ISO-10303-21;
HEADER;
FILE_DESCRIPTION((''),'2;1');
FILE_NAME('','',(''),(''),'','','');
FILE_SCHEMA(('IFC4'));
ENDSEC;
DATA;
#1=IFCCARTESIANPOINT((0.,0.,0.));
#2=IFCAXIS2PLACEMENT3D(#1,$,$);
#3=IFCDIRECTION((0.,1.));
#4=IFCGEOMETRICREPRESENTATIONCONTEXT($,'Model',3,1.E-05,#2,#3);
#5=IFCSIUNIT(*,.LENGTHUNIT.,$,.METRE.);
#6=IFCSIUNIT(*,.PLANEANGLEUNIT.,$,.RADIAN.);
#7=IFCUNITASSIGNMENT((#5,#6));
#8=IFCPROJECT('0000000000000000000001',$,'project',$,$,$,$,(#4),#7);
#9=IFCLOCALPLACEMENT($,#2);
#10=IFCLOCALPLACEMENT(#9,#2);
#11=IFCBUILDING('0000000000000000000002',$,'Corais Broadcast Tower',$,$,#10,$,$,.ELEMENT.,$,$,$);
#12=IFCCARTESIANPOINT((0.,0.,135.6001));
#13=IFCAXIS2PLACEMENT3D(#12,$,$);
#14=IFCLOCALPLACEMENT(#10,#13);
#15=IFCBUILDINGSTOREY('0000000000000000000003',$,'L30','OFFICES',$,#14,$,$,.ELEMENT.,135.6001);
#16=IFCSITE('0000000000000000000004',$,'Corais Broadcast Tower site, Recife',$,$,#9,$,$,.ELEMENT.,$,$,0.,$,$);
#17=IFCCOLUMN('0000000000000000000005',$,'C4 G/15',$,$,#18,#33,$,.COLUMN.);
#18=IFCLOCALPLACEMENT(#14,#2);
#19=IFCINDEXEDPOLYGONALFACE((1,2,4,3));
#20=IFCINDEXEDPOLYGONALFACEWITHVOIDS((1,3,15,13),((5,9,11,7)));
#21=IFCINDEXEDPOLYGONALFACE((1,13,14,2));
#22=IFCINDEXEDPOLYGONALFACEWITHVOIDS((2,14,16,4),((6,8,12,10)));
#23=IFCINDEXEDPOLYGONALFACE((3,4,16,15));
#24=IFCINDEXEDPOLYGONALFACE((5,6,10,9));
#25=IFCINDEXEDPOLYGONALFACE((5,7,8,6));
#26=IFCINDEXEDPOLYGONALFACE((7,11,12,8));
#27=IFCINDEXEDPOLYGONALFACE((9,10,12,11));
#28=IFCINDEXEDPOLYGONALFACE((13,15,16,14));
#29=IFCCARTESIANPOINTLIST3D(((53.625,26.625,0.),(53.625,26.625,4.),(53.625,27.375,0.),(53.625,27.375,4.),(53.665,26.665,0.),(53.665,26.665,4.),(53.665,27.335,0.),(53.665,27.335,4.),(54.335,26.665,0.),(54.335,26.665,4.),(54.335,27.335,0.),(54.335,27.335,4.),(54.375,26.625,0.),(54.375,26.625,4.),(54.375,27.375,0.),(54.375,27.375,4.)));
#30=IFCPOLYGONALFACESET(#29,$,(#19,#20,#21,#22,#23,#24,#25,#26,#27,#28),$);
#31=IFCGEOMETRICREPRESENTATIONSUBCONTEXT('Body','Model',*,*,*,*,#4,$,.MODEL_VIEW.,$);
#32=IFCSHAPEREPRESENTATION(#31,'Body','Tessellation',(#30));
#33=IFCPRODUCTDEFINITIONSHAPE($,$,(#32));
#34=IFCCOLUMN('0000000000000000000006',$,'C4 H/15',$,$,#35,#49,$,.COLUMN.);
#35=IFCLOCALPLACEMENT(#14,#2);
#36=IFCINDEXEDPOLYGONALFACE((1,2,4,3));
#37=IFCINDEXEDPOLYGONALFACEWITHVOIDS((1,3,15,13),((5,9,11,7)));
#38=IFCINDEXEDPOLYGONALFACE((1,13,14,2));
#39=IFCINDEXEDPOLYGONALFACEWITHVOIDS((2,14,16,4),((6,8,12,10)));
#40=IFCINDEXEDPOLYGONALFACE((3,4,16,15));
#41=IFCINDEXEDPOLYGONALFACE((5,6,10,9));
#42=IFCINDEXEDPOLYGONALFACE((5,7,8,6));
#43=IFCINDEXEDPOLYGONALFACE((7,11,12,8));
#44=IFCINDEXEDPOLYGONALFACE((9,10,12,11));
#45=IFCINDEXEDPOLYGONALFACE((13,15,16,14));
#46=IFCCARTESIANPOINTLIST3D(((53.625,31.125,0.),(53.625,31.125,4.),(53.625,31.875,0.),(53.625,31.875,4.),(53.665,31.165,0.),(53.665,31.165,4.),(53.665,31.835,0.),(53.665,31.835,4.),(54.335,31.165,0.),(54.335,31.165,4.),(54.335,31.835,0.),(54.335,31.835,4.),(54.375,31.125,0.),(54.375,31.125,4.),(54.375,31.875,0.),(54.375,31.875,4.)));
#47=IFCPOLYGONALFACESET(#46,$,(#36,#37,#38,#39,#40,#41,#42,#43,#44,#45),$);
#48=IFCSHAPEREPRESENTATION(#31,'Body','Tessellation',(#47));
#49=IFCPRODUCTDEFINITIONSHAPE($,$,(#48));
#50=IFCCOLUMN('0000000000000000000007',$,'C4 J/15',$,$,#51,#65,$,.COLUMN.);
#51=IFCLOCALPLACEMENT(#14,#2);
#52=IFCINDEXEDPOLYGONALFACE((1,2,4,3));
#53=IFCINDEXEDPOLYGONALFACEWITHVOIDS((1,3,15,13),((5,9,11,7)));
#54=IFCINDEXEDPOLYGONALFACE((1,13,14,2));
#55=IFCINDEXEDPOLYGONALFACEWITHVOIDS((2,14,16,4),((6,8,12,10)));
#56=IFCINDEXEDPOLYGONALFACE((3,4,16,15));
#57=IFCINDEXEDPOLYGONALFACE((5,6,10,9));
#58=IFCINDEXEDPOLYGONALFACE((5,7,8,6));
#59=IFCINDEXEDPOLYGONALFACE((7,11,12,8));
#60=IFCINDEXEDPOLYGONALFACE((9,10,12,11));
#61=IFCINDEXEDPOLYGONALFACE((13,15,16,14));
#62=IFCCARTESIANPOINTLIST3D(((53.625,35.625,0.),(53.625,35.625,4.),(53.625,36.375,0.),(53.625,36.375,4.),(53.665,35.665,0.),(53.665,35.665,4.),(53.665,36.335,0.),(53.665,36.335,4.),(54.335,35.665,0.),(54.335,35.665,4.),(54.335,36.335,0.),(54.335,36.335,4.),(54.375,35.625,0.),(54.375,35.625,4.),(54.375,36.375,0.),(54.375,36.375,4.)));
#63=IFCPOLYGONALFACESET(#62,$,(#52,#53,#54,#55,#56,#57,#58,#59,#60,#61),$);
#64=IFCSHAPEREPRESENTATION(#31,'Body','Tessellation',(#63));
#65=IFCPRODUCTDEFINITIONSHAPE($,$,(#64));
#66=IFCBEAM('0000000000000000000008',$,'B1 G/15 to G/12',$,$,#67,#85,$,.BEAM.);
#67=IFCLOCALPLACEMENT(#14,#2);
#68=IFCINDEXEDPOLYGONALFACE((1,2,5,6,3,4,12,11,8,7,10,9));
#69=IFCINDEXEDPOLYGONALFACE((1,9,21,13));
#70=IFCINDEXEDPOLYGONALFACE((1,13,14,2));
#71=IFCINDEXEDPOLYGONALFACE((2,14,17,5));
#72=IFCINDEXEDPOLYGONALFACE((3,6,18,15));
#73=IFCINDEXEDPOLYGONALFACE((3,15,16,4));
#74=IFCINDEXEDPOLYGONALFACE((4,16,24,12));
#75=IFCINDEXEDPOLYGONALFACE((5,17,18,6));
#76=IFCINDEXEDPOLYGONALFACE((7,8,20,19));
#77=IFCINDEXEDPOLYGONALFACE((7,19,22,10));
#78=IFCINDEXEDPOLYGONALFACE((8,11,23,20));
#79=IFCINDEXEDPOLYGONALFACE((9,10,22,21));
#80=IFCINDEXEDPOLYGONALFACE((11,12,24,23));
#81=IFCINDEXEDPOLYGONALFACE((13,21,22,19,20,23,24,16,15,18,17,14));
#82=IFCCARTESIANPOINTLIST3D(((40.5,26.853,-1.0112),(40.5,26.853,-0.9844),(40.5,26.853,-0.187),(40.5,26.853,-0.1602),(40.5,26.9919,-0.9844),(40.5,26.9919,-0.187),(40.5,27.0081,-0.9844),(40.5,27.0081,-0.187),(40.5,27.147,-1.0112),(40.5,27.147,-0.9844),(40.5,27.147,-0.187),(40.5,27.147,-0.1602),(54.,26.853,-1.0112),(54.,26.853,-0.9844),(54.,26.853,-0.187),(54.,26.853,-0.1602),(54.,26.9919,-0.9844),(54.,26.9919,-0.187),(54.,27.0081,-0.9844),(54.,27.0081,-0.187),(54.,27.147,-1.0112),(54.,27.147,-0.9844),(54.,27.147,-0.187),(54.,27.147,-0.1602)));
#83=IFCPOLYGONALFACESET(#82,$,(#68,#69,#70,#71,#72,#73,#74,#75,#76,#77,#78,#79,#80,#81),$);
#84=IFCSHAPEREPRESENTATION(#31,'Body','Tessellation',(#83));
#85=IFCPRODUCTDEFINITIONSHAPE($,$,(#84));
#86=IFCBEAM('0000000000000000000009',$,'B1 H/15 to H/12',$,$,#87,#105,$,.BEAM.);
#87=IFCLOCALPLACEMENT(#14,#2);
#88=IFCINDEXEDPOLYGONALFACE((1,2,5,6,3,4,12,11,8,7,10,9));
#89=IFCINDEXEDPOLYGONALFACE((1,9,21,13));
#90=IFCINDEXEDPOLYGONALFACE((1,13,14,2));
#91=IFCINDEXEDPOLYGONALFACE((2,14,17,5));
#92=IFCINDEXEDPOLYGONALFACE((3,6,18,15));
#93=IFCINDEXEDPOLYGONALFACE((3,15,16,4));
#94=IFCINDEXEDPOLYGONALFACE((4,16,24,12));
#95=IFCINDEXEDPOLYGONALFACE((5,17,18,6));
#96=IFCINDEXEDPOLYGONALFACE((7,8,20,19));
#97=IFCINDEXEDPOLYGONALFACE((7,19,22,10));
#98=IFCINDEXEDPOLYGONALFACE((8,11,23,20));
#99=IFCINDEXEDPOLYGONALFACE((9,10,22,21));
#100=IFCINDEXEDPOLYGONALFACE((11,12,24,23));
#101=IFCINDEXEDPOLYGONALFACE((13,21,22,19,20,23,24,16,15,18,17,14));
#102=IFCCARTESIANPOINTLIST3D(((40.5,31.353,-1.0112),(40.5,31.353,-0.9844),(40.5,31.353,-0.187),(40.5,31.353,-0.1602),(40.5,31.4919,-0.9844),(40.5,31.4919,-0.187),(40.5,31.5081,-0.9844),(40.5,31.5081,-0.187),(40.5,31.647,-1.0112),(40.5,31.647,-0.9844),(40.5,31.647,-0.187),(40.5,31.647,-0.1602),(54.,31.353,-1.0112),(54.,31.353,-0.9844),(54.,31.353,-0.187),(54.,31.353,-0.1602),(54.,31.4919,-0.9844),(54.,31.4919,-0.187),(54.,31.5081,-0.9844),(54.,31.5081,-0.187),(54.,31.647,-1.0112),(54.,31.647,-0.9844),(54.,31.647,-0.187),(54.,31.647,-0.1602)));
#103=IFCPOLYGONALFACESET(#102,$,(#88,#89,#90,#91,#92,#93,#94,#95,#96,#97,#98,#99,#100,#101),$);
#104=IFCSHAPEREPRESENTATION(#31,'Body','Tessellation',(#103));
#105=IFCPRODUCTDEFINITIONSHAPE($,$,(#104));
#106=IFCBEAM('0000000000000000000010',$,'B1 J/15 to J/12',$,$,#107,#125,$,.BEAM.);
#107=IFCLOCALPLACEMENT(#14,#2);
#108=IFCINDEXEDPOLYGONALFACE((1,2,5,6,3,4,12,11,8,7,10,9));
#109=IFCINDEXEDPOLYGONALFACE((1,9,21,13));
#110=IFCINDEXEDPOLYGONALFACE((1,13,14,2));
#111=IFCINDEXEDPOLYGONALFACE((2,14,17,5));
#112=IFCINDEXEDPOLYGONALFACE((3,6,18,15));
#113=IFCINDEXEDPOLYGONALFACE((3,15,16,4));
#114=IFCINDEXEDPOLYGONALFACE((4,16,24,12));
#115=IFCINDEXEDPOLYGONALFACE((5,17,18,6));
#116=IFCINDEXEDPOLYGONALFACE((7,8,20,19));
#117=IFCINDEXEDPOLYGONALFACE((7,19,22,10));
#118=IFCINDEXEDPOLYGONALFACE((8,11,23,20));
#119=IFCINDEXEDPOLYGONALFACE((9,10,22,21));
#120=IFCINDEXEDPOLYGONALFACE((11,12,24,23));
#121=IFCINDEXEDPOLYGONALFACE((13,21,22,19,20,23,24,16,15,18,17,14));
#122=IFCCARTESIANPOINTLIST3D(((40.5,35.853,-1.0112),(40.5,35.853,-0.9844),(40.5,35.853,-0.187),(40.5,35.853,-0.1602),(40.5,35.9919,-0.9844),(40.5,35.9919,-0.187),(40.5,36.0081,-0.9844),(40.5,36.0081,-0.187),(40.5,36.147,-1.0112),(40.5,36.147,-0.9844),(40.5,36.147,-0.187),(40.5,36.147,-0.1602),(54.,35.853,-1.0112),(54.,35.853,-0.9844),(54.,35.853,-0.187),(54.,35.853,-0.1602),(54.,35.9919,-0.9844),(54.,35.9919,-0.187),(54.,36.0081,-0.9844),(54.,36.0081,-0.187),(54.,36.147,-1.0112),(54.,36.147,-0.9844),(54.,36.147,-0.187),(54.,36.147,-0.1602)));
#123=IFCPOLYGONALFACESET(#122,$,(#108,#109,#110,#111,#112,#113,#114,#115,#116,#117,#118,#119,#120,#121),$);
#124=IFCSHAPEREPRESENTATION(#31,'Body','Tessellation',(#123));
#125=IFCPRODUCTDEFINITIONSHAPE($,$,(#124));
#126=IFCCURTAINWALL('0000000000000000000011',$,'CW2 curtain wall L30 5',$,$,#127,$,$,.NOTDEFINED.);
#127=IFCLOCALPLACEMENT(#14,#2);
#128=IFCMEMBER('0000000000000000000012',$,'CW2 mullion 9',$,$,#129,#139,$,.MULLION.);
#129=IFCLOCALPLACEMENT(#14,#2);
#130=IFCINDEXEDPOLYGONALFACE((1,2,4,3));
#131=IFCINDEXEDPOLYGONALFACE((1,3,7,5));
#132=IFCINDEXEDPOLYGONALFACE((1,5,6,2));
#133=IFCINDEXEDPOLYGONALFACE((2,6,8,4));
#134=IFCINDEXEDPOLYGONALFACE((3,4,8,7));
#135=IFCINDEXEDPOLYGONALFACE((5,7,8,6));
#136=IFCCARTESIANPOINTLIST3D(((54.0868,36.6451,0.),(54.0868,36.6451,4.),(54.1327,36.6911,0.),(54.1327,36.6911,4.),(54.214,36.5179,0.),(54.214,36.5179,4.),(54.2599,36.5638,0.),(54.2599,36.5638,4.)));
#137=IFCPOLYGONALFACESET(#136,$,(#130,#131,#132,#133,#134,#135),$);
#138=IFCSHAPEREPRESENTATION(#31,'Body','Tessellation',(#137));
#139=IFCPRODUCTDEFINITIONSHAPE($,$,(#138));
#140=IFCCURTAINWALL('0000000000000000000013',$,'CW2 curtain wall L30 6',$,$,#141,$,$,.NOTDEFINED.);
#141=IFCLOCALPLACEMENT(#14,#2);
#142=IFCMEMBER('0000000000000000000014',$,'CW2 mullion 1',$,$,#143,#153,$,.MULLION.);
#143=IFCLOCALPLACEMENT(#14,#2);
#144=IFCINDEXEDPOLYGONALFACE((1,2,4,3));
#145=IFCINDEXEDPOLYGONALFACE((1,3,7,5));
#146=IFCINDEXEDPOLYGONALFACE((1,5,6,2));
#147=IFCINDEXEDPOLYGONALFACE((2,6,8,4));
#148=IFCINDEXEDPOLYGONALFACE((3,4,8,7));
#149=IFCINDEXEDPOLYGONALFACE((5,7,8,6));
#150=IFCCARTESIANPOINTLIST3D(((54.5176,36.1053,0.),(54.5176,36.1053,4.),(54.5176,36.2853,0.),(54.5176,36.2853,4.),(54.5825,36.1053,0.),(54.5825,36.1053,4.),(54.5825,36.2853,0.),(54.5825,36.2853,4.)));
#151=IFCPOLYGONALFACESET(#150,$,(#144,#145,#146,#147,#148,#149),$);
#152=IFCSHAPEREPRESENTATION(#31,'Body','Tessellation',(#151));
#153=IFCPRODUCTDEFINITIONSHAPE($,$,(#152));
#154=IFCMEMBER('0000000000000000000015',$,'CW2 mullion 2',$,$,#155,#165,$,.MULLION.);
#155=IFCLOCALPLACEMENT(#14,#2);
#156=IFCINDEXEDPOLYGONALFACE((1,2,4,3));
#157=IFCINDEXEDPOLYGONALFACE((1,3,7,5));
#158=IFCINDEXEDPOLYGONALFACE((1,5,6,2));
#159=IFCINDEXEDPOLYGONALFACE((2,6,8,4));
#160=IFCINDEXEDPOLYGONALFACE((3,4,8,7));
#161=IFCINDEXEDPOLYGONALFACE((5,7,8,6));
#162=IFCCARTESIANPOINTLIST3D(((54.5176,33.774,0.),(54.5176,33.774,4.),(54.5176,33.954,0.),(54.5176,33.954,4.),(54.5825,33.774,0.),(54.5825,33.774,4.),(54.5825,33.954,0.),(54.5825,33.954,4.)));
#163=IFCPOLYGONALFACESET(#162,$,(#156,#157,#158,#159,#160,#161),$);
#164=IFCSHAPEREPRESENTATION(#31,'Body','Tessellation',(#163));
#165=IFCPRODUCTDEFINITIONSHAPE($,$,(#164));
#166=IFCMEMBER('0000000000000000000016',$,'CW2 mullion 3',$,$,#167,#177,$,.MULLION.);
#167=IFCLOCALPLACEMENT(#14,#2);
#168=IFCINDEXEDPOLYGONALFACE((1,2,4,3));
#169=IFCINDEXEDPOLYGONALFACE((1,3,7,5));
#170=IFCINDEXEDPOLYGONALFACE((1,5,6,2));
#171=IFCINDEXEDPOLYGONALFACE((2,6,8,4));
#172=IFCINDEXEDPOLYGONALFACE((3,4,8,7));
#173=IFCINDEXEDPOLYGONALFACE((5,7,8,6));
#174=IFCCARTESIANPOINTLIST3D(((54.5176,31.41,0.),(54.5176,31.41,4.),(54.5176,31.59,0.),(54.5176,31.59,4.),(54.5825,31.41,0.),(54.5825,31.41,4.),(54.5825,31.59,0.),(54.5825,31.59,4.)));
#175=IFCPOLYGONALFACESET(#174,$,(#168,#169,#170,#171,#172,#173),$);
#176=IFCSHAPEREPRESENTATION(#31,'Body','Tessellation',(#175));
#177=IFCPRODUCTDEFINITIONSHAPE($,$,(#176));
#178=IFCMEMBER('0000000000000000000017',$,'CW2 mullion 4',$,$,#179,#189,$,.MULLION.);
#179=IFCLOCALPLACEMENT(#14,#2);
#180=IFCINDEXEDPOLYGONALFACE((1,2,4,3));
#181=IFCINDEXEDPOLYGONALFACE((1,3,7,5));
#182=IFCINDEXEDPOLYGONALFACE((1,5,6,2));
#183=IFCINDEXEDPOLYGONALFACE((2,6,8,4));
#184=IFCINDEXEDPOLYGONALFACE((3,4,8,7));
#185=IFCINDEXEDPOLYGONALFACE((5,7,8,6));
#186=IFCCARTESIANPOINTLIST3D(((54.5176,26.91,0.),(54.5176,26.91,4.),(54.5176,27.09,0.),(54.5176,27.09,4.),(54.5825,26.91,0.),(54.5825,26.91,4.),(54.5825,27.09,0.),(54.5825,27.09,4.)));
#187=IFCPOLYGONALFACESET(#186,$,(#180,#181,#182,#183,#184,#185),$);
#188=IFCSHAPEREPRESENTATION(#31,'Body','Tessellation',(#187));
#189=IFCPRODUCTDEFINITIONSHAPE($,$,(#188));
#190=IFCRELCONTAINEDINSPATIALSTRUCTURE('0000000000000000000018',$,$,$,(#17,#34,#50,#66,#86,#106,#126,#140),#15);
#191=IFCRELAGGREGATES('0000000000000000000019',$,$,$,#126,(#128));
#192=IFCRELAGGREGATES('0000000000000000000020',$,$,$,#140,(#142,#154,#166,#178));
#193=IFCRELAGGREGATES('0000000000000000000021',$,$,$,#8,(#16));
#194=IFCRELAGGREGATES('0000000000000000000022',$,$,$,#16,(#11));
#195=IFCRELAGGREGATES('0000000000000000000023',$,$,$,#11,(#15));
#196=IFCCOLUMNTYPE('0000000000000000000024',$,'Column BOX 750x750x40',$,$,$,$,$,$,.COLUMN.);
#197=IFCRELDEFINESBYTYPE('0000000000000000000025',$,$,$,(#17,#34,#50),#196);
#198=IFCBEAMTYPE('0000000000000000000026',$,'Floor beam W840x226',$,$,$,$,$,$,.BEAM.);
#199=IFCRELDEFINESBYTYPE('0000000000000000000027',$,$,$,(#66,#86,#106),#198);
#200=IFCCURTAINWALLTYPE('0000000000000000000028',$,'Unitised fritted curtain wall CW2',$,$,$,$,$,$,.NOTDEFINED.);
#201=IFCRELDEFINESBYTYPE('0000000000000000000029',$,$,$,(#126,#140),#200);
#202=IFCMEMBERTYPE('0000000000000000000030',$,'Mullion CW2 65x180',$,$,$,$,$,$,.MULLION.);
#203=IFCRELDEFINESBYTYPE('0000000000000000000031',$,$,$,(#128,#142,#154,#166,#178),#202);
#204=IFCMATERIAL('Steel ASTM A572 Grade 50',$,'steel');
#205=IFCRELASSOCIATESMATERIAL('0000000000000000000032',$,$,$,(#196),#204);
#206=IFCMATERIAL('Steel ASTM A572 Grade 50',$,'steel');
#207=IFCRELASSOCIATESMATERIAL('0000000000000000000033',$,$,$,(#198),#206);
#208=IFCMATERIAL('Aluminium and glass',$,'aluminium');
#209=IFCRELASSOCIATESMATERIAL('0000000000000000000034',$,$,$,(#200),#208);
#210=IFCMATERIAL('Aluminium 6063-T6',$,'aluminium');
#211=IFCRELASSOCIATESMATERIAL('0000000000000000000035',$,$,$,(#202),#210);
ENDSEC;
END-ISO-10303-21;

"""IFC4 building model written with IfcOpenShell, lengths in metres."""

from ifc_helpers import new_model, si_unit, direction, frame, origin, origin_2d, place, context, subcontext, project, spatial, rectangle, hollow_rectangle, i_section, extrude, material, material_profile, profile_set, type_object, element, aggregate, save


model = new_model("IFC4")

# Units and contexts
model_context = context("Model", 3, precision=1e-05, world=origin(), true_north=direction((0.0, 1.0)))
body_context = subcontext(model_context, "Body", "Model", "MODEL_VIEW")
ifc_project = project(units=[si_unit("LENGTHUNIT", "METRE"), si_unit("PLANEANGLEUNIT", "RADIAN")], contexts=[model_context])

# Site, building, storey
site_placement = place(None, origin())
site = spatial("IfcSite", under=ifc_project, at=site_placement, Name="Corais Broadcast Tower site, Recife", CompositionType="ELEMENT", RefElevation=0.0)
building_placement = place(site_placement, origin())
building = spatial("IfcBuilding", under=site, at=building_placement, Name="Corais Broadcast Tower", CompositionType="ELEMENT")
storey_placement = place(building_placement, frame((0.0, 0.0, 135.6001)))
storey = spatial("IfcBuildingStorey", under=building, at=storey_placement, Name="L30", Description="OFFICES", CompositionType="ELEMENT", Elevation=135.6001)

# Columns
ifc_material_1 = material(Name="Steel ASTM A572 Grade 50", Category="steel")
ifc_material_profile_1 = material_profile(ifc_material_1, hollow_rectangle(XDim=0.75, YDim=0.75, WallThickness=0.04, at=origin_2d()), Name="BOX 750x750x40")
ifc_profile_set_1 = profile_set([ifc_material_profile_1], Name="Steel ASTM A572 Grade 50")
column_type = type_object("IfcColumnType", Name="Column BOX 750x750x40", PredefinedType="COLUMN", material=ifc_profile_set_1)
for number, where, z_axis, x_axis, name in (
    (1, (54.0, 27.0, 0.0), (0.0, 0.0, 1.0), (1.0, 0.0, 0.0), "C4 G/15"),
    (2, (54.0, 31.5, 0.0), (0.0, 0.0, 1.0), (1.0, 0.0, 0.0), "C4 H/15"),
    (3, (54.0, 36.0, 0.0), (0.0, 0.0, 1.0), (1.0, 0.0, 0.0), "C4 J/15"),
):
    element("IfcColumn", number, at=place(storey_placement, frame(where, z_axis=z_axis, x_axis=x_axis)), inside=storey, type_object=column_type, Name=name, PredefinedType="COLUMN", context=body_context, shape_type="SweptSolid", body=[
        extrude(hollow_rectangle(XDim=0.75, YDim=0.75, WallThickness=0.04, at=origin_2d()), origin(), (0.0, 0.0, 1.0), 4.0),
    ])

# Beams
ifc_material_2 = material(Name="Steel ASTM A572 Grade 50", Category="steel")
ifc_material_profile_2 = material_profile(ifc_material_2, i_section(OverallWidth=0.2939, OverallDepth=0.8511, WebThickness=0.0161, FlangeThickness=0.0269, at=origin_2d()), Name="W840x226")
ifc_profile_set_2 = profile_set([ifc_material_profile_2], Name="Steel ASTM A572 Grade 50")
beam_type_1 = type_object("IfcBeamType", Name="Floor beam W840x226", PredefinedType="BEAM", material=ifc_profile_set_2)
for number, where, z_axis, x_axis, name in (
    (4, (54.0, 27.0, -0.5857), (-1.0, 0.0, 0.0), (0.0, -1.0, 0.0), "B1 G/15 to G/12"),
    (5, (54.0, 31.5, -0.5857), (-1.0, 0.0, 0.0), (0.0, -1.0, 0.0), "B1 H/15 to H/12"),
    (6, (54.0, 36.0, -0.5857), (-1.0, 0.0, 0.0), (0.0, -1.0, 0.0), "B1 J/15 to J/12"),
):
    element("IfcBeam", number, at=place(storey_placement, frame(where, z_axis=z_axis, x_axis=x_axis)), inside=storey, type_object=beam_type_1, Name=name, PredefinedType="BEAM", context=body_context, shape_type="SweptSolid", body=[
        extrude(i_section(OverallWidth=0.2939, OverallDepth=0.8511, WebThickness=0.0161, FlangeThickness=0.0269, at=origin_2d()), origin(), (0.0, 0.0, 1.0), 13.5),
    ])

# Curtain wall, member
ifc_material_3 = material(Name="Aluminium and glass", Category="aluminium")
curtain_wall_type = type_object("IfcCurtainWallType", Name="Unitised fritted curtain wall CW2", PredefinedType="NOTDEFINED", material=ifc_material_3)
curtain_wall_1_placement = place(storey_placement, origin())
curtain_wall_1 = element("IfcCurtainWall", 7, at=curtain_wall_1_placement, inside=storey, type_object=curtain_wall_type, Name="CW2 curtain wall L30 5", PredefinedType="NOTDEFINED")
ifc_material_4 = material(Name="Aluminium 6063-T6", Category="aluminium")
ifc_material_profile_3 = material_profile(ifc_material_4, rectangle(XDim=0.0649, YDim=0.1799, at=origin_2d()), Name="Mullion CW2 65x180")
ifc_profile_set_3 = profile_set([ifc_material_profile_3], Name="Aluminium 6063-T6")
member_type_1 = type_object("IfcMemberType", Name="Mullion CW2 65x180", PredefinedType="MULLION", material=ifc_profile_set_3)
member_1_placement = place(storey_placement, frame((54.1733, 36.6045, 0.0), z_axis=(0.0, 0.0, 1.0), x_axis=(0.707107, 0.707107, 0.0)))
member_1 = element("IfcMember", 8, at=member_1_placement, type_object=member_type_1, Name="CW2 mullion 9", PredefinedType="MULLION", context=body_context, shape_type="SweptSolid", body=[
    extrude(rectangle(XDim=0.0649, YDim=0.1799, at=origin_2d()), origin(), (0.0, 0.0, 1.0), 4.0),
])

# Curtain wall, members
curtain_wall_2_placement = place(storey_placement, origin())
curtain_wall_2 = element("IfcCurtainWall", 9, at=curtain_wall_2_placement, inside=storey, type_object=curtain_wall_type, Name="CW2 curtain wall L30 6", PredefinedType="NOTDEFINED")
member_2_placement = place(storey_placement, frame((54.55, 36.1953, 0.0), z_axis=(0.0, 0.0, 1.0), x_axis=(1.0, 0.0, 0.0)))
member_2 = element("IfcMember", 10, at=member_2_placement, type_object=member_type_1, Name="CW2 mullion 1", PredefinedType="MULLION", context=body_context, shape_type="SweptSolid", body=[
    extrude(rectangle(XDim=0.0649, YDim=0.1799, at=origin_2d()), origin(), (0.0, 0.0, 1.0), 4.0),
])
member_3_placement = place(storey_placement, frame((54.55, 33.864, 0.0), z_axis=(0.0, 0.0, 1.0), x_axis=(1.0, 0.0, 0.0)))
member_3 = element("IfcMember", 11, at=member_3_placement, type_object=member_type_1, Name="CW2 mullion 2", PredefinedType="MULLION", context=body_context, shape_type="SweptSolid", body=[
    extrude(rectangle(XDim=0.0649, YDim=0.1799, at=origin_2d()), origin(), (0.0, 0.0, 1.0), 4.0),
])
member_4_placement = place(storey_placement, frame((54.55, 31.5, 0.0), z_axis=(0.0, 0.0, 1.0), x_axis=(1.0, 0.0, 0.0)))
member_4 = element("IfcMember", 12, at=member_4_placement, type_object=member_type_1, Name="CW2 mullion 3", PredefinedType="MULLION", context=body_context, shape_type="SweptSolid", body=[
    extrude(rectangle(XDim=0.0649, YDim=0.1799, at=origin_2d()), origin(), (0.0, 0.0, 1.0), 4.0),
])
member_5_placement = place(storey_placement, frame((54.55, 27.0, 0.0), z_axis=(0.0, 0.0, 1.0), x_axis=(1.0, 0.0, 0.0)))
member_5 = element("IfcMember", 13, at=member_5_placement, type_object=member_type_1, Name="CW2 mullion 4", PredefinedType="MULLION", context=body_context, shape_type="SweptSolid", body=[
    extrude(rectangle(XDim=0.0649, YDim=0.1799, at=origin_2d()), origin(), (0.0, 0.0, 1.0), 4.0),
])

aggregate(curtain_wall_1, [member_1])
aggregate(curtain_wall_2, [member_2, member_3, member_4, member_5])

save(model, "model.ifc")
